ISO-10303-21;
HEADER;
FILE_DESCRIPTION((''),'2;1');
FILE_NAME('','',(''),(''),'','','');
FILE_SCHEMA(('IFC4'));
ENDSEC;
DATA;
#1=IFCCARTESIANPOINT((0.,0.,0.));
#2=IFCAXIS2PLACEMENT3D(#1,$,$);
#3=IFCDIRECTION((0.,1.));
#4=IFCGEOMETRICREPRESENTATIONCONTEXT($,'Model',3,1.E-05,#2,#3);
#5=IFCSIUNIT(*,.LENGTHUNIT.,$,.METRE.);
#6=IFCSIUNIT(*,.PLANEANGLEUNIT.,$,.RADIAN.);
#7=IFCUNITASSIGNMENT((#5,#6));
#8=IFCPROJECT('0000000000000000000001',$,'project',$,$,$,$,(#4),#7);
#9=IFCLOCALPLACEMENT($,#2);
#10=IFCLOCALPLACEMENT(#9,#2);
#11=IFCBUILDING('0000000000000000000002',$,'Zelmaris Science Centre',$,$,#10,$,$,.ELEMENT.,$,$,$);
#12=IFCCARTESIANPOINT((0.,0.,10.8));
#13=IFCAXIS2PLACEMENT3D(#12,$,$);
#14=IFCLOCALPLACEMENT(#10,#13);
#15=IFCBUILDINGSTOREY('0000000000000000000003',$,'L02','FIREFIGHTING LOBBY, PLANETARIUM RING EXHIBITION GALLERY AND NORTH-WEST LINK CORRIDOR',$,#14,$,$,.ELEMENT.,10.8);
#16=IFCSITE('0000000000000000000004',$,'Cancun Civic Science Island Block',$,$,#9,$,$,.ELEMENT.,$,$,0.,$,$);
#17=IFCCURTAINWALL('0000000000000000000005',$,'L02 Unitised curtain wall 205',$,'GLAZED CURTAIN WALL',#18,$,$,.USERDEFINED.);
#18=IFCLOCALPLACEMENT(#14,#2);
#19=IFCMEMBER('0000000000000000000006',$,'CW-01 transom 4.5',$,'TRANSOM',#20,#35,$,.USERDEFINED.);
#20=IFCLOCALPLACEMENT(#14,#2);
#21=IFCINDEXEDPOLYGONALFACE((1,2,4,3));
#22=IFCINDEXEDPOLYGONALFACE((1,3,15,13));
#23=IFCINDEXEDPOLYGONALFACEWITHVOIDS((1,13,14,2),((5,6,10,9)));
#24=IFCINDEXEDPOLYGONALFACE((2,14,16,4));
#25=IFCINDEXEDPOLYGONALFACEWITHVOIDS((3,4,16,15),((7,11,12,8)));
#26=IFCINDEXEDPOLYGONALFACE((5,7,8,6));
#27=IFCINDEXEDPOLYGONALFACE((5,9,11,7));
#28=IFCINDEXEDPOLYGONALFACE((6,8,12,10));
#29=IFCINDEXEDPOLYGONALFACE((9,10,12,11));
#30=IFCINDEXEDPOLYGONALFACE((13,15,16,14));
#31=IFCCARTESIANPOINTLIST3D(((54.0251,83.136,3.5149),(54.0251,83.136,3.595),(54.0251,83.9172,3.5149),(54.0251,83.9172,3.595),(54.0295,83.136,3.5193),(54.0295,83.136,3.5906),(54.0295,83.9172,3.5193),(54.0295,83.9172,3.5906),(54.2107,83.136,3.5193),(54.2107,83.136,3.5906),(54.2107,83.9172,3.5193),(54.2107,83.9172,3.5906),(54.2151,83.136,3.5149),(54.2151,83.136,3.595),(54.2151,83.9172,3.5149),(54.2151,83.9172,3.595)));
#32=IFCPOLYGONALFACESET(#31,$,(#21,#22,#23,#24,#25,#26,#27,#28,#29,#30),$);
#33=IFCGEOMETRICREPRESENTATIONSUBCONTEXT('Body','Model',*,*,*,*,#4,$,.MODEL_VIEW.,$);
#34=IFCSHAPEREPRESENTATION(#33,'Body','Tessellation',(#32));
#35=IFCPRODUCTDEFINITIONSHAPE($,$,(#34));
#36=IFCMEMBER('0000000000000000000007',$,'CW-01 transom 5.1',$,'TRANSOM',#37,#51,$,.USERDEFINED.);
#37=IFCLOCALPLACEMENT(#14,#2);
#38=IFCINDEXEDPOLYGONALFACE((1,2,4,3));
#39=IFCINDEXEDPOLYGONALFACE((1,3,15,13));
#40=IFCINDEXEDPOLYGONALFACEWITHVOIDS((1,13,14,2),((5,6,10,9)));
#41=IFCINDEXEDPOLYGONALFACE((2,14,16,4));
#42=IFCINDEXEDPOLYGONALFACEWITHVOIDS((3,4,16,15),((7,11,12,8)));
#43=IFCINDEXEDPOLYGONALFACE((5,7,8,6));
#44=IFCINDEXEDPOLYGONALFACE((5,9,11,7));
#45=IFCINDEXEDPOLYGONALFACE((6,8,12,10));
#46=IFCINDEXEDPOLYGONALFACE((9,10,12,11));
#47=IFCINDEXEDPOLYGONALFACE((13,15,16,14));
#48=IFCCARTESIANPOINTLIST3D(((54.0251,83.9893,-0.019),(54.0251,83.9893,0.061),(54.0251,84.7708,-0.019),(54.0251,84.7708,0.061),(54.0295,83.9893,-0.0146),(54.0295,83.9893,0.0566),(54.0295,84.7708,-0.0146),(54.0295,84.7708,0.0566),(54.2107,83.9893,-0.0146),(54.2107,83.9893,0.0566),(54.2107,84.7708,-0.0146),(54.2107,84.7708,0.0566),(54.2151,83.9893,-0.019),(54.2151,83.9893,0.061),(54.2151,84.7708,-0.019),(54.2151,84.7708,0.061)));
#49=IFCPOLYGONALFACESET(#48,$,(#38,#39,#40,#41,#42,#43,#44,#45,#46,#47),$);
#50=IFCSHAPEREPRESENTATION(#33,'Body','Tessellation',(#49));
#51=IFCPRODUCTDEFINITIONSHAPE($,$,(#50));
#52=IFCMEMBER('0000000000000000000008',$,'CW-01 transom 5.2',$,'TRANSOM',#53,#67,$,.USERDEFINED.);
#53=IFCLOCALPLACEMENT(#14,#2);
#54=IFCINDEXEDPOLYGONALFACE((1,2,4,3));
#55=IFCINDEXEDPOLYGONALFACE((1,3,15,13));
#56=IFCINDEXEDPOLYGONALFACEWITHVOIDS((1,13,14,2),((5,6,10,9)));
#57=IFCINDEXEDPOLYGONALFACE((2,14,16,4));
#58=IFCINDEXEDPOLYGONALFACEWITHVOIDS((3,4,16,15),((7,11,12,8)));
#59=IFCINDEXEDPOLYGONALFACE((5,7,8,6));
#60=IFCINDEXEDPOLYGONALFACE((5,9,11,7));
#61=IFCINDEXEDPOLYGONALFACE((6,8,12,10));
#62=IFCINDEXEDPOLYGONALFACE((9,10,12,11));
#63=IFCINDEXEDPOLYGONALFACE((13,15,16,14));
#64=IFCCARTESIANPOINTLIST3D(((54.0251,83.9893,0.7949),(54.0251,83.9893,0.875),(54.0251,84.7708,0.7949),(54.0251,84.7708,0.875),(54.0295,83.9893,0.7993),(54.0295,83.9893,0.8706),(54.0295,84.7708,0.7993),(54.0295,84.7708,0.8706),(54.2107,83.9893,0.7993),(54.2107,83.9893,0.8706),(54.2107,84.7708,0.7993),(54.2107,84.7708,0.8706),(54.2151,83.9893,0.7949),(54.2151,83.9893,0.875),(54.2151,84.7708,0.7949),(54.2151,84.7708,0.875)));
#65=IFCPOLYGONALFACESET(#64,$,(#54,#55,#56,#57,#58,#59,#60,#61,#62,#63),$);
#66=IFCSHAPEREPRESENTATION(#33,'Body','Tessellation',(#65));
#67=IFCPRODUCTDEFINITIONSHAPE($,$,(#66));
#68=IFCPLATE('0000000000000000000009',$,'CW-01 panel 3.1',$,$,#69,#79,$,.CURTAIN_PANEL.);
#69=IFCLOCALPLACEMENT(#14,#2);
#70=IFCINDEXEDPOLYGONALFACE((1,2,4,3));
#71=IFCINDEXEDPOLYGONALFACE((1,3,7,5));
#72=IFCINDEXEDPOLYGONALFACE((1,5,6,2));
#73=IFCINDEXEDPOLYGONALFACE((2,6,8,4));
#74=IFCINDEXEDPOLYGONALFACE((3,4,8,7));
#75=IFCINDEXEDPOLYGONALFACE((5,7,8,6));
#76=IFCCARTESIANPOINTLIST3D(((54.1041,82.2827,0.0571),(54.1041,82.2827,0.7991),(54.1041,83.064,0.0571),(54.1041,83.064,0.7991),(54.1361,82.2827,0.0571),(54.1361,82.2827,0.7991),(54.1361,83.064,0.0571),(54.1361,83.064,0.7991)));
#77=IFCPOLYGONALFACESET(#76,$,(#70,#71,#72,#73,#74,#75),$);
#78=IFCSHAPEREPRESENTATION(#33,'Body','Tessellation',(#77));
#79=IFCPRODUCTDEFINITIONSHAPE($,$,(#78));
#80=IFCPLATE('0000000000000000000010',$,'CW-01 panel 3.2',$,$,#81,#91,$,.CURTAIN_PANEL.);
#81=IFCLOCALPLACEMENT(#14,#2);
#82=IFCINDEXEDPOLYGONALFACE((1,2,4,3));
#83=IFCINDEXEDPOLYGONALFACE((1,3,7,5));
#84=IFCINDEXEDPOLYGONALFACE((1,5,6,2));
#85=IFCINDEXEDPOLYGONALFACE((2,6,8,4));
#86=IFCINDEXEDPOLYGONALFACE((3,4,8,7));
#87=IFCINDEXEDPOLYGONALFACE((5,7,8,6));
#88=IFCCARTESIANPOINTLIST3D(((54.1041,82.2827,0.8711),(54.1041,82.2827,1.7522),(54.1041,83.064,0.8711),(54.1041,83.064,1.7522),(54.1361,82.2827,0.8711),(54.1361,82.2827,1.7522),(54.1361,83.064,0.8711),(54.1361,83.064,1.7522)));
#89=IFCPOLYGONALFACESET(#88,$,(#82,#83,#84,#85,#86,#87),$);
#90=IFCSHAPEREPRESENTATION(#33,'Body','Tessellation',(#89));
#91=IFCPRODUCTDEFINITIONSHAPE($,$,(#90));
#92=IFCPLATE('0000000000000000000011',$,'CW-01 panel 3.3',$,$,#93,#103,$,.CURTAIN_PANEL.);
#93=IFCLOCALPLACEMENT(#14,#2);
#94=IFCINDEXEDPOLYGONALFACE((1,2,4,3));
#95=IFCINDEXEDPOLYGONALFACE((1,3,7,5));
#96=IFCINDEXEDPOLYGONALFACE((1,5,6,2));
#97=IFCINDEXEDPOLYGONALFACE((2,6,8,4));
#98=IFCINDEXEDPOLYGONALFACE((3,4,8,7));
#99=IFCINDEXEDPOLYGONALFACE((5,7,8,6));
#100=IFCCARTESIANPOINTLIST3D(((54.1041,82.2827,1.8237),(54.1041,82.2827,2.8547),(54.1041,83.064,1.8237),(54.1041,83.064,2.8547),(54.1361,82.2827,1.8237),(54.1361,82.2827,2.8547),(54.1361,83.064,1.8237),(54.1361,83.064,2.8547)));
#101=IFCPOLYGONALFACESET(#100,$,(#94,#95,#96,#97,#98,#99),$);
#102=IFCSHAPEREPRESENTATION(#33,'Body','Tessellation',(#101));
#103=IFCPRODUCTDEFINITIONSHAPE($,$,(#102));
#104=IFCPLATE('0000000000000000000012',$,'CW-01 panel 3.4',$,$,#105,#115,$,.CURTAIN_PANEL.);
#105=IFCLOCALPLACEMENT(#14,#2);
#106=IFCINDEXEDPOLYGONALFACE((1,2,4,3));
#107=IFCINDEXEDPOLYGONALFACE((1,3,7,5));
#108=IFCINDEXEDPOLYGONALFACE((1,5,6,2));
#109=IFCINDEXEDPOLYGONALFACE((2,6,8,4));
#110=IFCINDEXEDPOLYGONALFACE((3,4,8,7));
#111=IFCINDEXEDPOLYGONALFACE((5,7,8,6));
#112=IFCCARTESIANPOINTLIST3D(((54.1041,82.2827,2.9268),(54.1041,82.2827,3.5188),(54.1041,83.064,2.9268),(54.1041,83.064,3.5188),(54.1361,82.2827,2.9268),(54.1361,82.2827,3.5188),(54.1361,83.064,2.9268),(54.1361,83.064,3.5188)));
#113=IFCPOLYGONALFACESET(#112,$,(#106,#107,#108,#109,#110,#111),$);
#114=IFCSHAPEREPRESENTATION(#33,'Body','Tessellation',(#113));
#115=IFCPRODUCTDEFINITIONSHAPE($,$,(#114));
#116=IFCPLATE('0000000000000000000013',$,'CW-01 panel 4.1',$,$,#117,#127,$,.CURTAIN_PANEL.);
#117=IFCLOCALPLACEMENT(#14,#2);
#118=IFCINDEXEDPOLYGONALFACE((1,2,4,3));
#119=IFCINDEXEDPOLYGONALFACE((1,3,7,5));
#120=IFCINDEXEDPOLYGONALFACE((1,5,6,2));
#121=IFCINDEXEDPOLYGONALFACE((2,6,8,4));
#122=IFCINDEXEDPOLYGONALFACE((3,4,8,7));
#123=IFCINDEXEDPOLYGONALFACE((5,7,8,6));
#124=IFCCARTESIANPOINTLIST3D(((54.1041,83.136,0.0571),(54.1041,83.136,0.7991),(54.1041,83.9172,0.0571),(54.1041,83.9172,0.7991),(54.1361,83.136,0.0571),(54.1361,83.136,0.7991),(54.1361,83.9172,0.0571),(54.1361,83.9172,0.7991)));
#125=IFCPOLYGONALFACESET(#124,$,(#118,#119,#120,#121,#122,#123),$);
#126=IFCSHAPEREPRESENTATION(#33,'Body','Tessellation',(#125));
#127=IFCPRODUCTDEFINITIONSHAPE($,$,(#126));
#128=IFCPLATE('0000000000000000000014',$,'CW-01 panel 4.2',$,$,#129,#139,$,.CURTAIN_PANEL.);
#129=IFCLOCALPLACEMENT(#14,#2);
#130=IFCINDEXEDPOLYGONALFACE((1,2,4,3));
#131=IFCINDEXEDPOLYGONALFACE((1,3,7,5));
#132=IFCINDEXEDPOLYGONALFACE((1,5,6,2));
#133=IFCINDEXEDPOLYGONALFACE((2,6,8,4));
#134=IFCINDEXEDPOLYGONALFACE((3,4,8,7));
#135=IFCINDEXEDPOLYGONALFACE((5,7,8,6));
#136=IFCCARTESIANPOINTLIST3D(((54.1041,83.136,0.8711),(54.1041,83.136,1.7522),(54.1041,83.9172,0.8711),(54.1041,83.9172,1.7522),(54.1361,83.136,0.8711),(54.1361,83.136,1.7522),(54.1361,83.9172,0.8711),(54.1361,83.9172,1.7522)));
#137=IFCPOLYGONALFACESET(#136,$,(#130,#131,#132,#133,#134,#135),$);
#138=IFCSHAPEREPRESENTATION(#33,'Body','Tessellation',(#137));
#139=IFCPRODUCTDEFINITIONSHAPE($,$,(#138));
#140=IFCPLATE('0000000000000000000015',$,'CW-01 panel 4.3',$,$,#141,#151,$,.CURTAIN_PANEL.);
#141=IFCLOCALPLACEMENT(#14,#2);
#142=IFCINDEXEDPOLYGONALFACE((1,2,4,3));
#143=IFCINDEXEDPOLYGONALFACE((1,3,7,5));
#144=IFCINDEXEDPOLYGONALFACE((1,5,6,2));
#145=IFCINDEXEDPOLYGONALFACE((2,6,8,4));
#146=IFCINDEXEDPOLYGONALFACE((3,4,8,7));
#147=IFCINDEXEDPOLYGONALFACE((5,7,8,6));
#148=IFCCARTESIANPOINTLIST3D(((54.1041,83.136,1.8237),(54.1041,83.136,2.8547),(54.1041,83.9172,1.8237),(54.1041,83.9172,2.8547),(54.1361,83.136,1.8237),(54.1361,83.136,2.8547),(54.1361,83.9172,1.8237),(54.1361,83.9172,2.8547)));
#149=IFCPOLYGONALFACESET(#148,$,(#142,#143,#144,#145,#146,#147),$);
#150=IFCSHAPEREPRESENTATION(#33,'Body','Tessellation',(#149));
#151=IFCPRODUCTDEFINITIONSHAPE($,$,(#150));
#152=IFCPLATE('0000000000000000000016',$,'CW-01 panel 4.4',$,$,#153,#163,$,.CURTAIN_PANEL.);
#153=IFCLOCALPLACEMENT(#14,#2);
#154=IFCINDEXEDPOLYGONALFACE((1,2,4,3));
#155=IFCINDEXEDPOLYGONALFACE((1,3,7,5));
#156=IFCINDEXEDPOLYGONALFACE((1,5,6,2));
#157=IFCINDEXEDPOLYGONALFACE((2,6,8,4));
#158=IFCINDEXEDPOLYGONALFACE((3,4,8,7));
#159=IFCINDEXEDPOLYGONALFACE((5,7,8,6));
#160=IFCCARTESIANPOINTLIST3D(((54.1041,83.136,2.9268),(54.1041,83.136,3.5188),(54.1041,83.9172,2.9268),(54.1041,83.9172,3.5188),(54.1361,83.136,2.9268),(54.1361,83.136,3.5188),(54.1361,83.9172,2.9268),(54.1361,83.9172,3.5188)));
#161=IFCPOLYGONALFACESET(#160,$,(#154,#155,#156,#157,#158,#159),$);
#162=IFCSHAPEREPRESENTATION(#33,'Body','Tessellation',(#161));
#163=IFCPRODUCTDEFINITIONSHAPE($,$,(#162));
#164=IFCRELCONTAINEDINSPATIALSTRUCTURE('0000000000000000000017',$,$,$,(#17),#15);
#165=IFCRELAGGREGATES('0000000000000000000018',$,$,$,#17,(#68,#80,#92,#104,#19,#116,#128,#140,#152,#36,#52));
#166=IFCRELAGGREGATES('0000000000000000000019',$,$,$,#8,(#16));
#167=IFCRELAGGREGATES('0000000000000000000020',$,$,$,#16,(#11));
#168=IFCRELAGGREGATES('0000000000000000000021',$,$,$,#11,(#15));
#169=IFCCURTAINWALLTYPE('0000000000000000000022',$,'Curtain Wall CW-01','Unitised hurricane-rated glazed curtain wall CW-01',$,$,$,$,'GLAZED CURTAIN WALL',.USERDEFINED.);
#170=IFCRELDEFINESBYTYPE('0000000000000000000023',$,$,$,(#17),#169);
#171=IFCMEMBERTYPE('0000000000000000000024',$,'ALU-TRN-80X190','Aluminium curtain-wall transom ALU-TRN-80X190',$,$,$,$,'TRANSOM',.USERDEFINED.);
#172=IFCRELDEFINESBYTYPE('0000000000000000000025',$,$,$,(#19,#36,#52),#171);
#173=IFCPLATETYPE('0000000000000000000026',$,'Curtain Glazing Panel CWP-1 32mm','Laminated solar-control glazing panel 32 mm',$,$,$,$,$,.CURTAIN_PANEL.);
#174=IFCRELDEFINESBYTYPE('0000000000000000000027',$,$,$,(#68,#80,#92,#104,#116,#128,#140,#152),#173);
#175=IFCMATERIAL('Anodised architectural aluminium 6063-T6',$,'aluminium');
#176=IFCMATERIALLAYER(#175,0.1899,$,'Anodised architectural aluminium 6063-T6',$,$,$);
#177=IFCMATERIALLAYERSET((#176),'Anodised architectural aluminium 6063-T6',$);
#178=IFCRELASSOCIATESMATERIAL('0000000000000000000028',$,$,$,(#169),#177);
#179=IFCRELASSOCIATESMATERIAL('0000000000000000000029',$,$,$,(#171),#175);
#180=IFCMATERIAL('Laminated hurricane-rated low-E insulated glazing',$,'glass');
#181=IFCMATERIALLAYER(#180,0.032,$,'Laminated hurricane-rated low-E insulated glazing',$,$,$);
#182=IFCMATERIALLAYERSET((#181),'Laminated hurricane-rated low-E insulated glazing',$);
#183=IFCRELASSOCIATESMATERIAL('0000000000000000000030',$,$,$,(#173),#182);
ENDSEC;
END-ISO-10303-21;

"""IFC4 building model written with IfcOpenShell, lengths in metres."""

from ifc_helpers import new_model, si_unit, direction, frame, origin, origin_2d, place, context, subcontext, project, spatial, rectangle, hollow_rectangle, extrude, material, layer, layer_set, material_profile, profile_set, type_object, element, aggregate, save


model = new_model("IFC4")

# Units and contexts
model_context = context("Model", 3, precision=1e-05, world=origin(), true_north=direction((0.0, 1.0)))
body_context = subcontext(model_context, "Body", "Model", "MODEL_VIEW")
ifc_project = project(units=[si_unit("LENGTHUNIT", "METRE"), si_unit("PLANEANGLEUNIT", "RADIAN")], contexts=[model_context])

# Site, building, storey
site_placement = place(None, origin())
site = spatial("IfcSite", under=ifc_project, at=site_placement, Name="Cancun Civic Science Island Block", CompositionType="ELEMENT", RefElevation=0.0)
building_placement = place(site_placement, origin())
building = spatial("IfcBuilding", under=site, at=building_placement, Name="Zelmaris Science Centre", CompositionType="ELEMENT")
storey_placement = place(building_placement, frame((0.0, 0.0, 10.8)))
storey = spatial("IfcBuildingStorey", under=building, at=storey_placement, Name="L02", Description="FIREFIGHTING LOBBY, PLANETARIUM RING EXHIBITION GALLERY AND NORTH-WEST LINK CORRIDOR", CompositionType="ELEMENT", Elevation=10.8)

# Curtain wall, members, plates
ifc_material_1 = material(Name="Anodised architectural aluminium 6063-T6", Category="aluminium")
ifc_layer_1 = layer(ifc_material_1, 0.1899, Name="Anodised architectural aluminium 6063-T6")
ifc_layer_set_1 = layer_set([ifc_layer_1], Name="Anodised architectural aluminium 6063-T6")
curtain_wall_type = type_object("IfcCurtainWallType", Name="Curtain Wall CW-01", Description="Unitised hurricane-rated glazed curtain wall CW-01", ElementType="GLAZED CURTAIN WALL", PredefinedType="USERDEFINED", material=ifc_layer_set_1)
curtain_wall_placement = place(storey_placement, origin())
curtain_wall = element("IfcCurtainWall", 1, at=curtain_wall_placement, inside=storey, type_object=curtain_wall_type, Name="L02 Unitised curtain wall 205", ObjectType="GLAZED CURTAIN WALL", PredefinedType="USERDEFINED")
ifc_material_profile_1 = material_profile(ifc_material_1, hollow_rectangle(XDim=0.0801, YDim=0.1899, WallThickness=0.0044, at=origin_2d()), Name="ALU-TRN-80X190")
ifc_profile_set_1 = profile_set([ifc_material_profile_1], Name="Anodised architectural aluminium 6063-T6")
member_type_1 = type_object("IfcMemberType", Name="ALU-TRN-80X190", Description="Aluminium curtain-wall transom ALU-TRN-80X190", ElementType="TRANSOM", PredefinedType="USERDEFINED", material=ifc_profile_set_1)
member_1_placement = place(storey_placement, frame((54.1201, 83.136, 3.5549), z_axis=(0.0, 1.0, 0.0), x_axis=(0.0, 0.0, 1.0)))
member_1 = element("IfcMember", 2, at=member_1_placement, type_object=member_type_1, Name="CW-01 transom 4.5", ObjectType="TRANSOM", PredefinedType="USERDEFINED", context=body_context, shape_type="SweptSolid", body=[
    extrude(hollow_rectangle(XDim=0.0801, YDim=0.1899, WallThickness=0.0044, at=origin_2d()), origin(), (0.0, 0.0, 1.0), 0.7812),
])
member_2_placement = place(storey_placement, frame((54.1201, 83.9893, 0.021), z_axis=(0.0, 1.0, 0.0), x_axis=(0.0, 0.0, 1.0)))
member_2 = element("IfcMember", 3, at=member_2_placement, type_object=member_type_1, Name="CW-01 transom 5.1", ObjectType="TRANSOM", PredefinedType="USERDEFINED", context=body_context, shape_type="SweptSolid", body=[
    extrude(hollow_rectangle(XDim=0.0801, YDim=0.1899, WallThickness=0.0044, at=origin_2d()), origin(), (0.0, 0.0, 1.0), 0.7815),
])
member_3_placement = place(storey_placement, frame((54.1201, 83.9893, 0.835), z_axis=(0.0, 1.0, 0.0), x_axis=(0.0, 0.0, 1.0)))
member_3 = element("IfcMember", 4, at=member_3_placement, type_object=member_type_1, Name="CW-01 transom 5.2", ObjectType="TRANSOM", PredefinedType="USERDEFINED", context=body_context, shape_type="SweptSolid", body=[
    extrude(hollow_rectangle(XDim=0.0801, YDim=0.1899, WallThickness=0.0044, at=origin_2d()), origin(), (0.0, 0.0, 1.0), 0.7815),
])
ifc_material_2 = material(Name="Laminated hurricane-rated low-E insulated glazing", Category="glass")
ifc_layer_2 = layer(ifc_material_2, 0.032, Name="Laminated hurricane-rated low-E insulated glazing")
ifc_layer_set_2 = layer_set([ifc_layer_2], Name="Laminated hurricane-rated low-E insulated glazing")
plate_type = type_object("IfcPlateType", Name="Curtain Glazing Panel CWP-1 32mm", Description="Laminated solar-control glazing panel 32 mm", PredefinedType="CURTAIN_PANEL", material=ifc_layer_set_2)
plate_1_placement = place(storey_placement, frame((54.1201, 82.6733, 0.0571), z_axis=(0.0, 0.0, 1.0), x_axis=(0.00002, 1.0, 0.0)))
plate_1 = element("IfcPlate", 5, at=plate_1_placement, type_object=plate_type, Name="CW-01 panel 3.1", PredefinedType="CURTAIN_PANEL", context=body_context, shape_type="SweptSolid", body=[
    extrude(rectangle(XDim=0.7812, YDim=0.032, at=origin_2d()), origin(), (0.0, 0.0, 1.0), 0.7419),
])
plate_2_placement = place(storey_placement, frame((54.1201, 82.6733, 0.8711), z_axis=(0.0, 0.0, 1.0), x_axis=(0.00002, 1.0, 0.0)))
plate_2 = element("IfcPlate", 6, at=plate_2_placement, type_object=plate_type, Name="CW-01 panel 3.2", PredefinedType="CURTAIN_PANEL", context=body_context, shape_type="SweptSolid", body=[
    extrude(rectangle(XDim=0.7812, YDim=0.032, at=origin_2d()), origin(), (0.0, 0.0, 1.0), 0.8811),
])
plate_3_placement = place(storey_placement, frame((54.1201, 82.6733, 1.8237), z_axis=(0.0, 0.0, 1.0), x_axis=(0.00002, 1.0, 0.0)))
plate_3 = element("IfcPlate", 7, at=plate_3_placement, type_object=plate_type, Name="CW-01 panel 3.3", PredefinedType="CURTAIN_PANEL", context=body_context, shape_type="SweptSolid", body=[
    extrude(rectangle(XDim=0.7812, YDim=0.032, at=origin_2d()), origin(), (0.0, 0.0, 1.0), 1.031),
])
plate_4_placement = place(storey_placement, frame((54.1201, 82.6733, 2.9268), z_axis=(0.0, 0.0, 1.0), x_axis=(0.00002, 1.0, 0.0)))
plate_4 = element("IfcPlate", 8, at=plate_4_placement, type_object=plate_type, Name="CW-01 panel 3.4", PredefinedType="CURTAIN_PANEL", context=body_context, shape_type="SweptSolid", body=[
    extrude(rectangle(XDim=0.7812, YDim=0.032, at=origin_2d()), origin(), (0.0, 0.0, 1.0), 0.592),
])
plate_5_placement = place(storey_placement, frame((54.1201, 83.5266, 0.0571), z_axis=(0.0, 0.0, 1.0), x_axis=(0.00002, 1.0, 0.0)))
plate_5 = element("IfcPlate", 9, at=plate_5_placement, type_object=plate_type, Name="CW-01 panel 4.1", PredefinedType="CURTAIN_PANEL", context=body_context, shape_type="SweptSolid", body=[
    extrude(rectangle(XDim=0.7812, YDim=0.032, at=origin_2d()), origin(), (0.0, 0.0, 1.0), 0.7419),
])
plate_6_placement = place(storey_placement, frame((54.1201, 83.5266, 0.8711), z_axis=(0.0, 0.0, 1.0), x_axis=(0.00002, 1.0, 0.0)))
plate_6 = element("IfcPlate", 10, at=plate_6_placement, type_object=plate_type, Name="CW-01 panel 4.2", PredefinedType="CURTAIN_PANEL", context=body_context, shape_type="SweptSolid", body=[
    extrude(rectangle(XDim=0.7812, YDim=0.032, at=origin_2d()), origin(), (0.0, 0.0, 1.0), 0.8811),
])
plate_7_placement = place(storey_placement, frame((54.1201, 83.5266, 1.8237), z_axis=(0.0, 0.0, 1.0), x_axis=(0.00002, 1.0, 0.0)))
plate_7 = element("IfcPlate", 11, at=plate_7_placement, type_object=plate_type, Name="CW-01 panel 4.3", PredefinedType="CURTAIN_PANEL", context=body_context, shape_type="SweptSolid", body=[
    extrude(rectangle(XDim=0.7812, YDim=0.032, at=origin_2d()), origin(), (0.0, 0.0, 1.0), 1.031),
])
plate_8_placement = place(storey_placement, frame((54.1201, 83.5266, 2.9268), z_axis=(0.0, 0.0, 1.0), x_axis=(0.00002, 1.0, 0.0)))
plate_8 = element("IfcPlate", 12, at=plate_8_placement, type_object=plate_type, Name="CW-01 panel 4.4", PredefinedType="CURTAIN_PANEL", context=body_context, shape_type="SweptSolid", body=[
    extrude(rectangle(XDim=0.7812, YDim=0.032, at=origin_2d()), origin(), (0.0, 0.0, 1.0), 0.592),
])
aggregate(curtain_wall, [plate_1, plate_2, plate_3, plate_4, member_1, plate_5, plate_6, plate_7, plate_8, member_2, member_3])

save(model, "model.ifc")
